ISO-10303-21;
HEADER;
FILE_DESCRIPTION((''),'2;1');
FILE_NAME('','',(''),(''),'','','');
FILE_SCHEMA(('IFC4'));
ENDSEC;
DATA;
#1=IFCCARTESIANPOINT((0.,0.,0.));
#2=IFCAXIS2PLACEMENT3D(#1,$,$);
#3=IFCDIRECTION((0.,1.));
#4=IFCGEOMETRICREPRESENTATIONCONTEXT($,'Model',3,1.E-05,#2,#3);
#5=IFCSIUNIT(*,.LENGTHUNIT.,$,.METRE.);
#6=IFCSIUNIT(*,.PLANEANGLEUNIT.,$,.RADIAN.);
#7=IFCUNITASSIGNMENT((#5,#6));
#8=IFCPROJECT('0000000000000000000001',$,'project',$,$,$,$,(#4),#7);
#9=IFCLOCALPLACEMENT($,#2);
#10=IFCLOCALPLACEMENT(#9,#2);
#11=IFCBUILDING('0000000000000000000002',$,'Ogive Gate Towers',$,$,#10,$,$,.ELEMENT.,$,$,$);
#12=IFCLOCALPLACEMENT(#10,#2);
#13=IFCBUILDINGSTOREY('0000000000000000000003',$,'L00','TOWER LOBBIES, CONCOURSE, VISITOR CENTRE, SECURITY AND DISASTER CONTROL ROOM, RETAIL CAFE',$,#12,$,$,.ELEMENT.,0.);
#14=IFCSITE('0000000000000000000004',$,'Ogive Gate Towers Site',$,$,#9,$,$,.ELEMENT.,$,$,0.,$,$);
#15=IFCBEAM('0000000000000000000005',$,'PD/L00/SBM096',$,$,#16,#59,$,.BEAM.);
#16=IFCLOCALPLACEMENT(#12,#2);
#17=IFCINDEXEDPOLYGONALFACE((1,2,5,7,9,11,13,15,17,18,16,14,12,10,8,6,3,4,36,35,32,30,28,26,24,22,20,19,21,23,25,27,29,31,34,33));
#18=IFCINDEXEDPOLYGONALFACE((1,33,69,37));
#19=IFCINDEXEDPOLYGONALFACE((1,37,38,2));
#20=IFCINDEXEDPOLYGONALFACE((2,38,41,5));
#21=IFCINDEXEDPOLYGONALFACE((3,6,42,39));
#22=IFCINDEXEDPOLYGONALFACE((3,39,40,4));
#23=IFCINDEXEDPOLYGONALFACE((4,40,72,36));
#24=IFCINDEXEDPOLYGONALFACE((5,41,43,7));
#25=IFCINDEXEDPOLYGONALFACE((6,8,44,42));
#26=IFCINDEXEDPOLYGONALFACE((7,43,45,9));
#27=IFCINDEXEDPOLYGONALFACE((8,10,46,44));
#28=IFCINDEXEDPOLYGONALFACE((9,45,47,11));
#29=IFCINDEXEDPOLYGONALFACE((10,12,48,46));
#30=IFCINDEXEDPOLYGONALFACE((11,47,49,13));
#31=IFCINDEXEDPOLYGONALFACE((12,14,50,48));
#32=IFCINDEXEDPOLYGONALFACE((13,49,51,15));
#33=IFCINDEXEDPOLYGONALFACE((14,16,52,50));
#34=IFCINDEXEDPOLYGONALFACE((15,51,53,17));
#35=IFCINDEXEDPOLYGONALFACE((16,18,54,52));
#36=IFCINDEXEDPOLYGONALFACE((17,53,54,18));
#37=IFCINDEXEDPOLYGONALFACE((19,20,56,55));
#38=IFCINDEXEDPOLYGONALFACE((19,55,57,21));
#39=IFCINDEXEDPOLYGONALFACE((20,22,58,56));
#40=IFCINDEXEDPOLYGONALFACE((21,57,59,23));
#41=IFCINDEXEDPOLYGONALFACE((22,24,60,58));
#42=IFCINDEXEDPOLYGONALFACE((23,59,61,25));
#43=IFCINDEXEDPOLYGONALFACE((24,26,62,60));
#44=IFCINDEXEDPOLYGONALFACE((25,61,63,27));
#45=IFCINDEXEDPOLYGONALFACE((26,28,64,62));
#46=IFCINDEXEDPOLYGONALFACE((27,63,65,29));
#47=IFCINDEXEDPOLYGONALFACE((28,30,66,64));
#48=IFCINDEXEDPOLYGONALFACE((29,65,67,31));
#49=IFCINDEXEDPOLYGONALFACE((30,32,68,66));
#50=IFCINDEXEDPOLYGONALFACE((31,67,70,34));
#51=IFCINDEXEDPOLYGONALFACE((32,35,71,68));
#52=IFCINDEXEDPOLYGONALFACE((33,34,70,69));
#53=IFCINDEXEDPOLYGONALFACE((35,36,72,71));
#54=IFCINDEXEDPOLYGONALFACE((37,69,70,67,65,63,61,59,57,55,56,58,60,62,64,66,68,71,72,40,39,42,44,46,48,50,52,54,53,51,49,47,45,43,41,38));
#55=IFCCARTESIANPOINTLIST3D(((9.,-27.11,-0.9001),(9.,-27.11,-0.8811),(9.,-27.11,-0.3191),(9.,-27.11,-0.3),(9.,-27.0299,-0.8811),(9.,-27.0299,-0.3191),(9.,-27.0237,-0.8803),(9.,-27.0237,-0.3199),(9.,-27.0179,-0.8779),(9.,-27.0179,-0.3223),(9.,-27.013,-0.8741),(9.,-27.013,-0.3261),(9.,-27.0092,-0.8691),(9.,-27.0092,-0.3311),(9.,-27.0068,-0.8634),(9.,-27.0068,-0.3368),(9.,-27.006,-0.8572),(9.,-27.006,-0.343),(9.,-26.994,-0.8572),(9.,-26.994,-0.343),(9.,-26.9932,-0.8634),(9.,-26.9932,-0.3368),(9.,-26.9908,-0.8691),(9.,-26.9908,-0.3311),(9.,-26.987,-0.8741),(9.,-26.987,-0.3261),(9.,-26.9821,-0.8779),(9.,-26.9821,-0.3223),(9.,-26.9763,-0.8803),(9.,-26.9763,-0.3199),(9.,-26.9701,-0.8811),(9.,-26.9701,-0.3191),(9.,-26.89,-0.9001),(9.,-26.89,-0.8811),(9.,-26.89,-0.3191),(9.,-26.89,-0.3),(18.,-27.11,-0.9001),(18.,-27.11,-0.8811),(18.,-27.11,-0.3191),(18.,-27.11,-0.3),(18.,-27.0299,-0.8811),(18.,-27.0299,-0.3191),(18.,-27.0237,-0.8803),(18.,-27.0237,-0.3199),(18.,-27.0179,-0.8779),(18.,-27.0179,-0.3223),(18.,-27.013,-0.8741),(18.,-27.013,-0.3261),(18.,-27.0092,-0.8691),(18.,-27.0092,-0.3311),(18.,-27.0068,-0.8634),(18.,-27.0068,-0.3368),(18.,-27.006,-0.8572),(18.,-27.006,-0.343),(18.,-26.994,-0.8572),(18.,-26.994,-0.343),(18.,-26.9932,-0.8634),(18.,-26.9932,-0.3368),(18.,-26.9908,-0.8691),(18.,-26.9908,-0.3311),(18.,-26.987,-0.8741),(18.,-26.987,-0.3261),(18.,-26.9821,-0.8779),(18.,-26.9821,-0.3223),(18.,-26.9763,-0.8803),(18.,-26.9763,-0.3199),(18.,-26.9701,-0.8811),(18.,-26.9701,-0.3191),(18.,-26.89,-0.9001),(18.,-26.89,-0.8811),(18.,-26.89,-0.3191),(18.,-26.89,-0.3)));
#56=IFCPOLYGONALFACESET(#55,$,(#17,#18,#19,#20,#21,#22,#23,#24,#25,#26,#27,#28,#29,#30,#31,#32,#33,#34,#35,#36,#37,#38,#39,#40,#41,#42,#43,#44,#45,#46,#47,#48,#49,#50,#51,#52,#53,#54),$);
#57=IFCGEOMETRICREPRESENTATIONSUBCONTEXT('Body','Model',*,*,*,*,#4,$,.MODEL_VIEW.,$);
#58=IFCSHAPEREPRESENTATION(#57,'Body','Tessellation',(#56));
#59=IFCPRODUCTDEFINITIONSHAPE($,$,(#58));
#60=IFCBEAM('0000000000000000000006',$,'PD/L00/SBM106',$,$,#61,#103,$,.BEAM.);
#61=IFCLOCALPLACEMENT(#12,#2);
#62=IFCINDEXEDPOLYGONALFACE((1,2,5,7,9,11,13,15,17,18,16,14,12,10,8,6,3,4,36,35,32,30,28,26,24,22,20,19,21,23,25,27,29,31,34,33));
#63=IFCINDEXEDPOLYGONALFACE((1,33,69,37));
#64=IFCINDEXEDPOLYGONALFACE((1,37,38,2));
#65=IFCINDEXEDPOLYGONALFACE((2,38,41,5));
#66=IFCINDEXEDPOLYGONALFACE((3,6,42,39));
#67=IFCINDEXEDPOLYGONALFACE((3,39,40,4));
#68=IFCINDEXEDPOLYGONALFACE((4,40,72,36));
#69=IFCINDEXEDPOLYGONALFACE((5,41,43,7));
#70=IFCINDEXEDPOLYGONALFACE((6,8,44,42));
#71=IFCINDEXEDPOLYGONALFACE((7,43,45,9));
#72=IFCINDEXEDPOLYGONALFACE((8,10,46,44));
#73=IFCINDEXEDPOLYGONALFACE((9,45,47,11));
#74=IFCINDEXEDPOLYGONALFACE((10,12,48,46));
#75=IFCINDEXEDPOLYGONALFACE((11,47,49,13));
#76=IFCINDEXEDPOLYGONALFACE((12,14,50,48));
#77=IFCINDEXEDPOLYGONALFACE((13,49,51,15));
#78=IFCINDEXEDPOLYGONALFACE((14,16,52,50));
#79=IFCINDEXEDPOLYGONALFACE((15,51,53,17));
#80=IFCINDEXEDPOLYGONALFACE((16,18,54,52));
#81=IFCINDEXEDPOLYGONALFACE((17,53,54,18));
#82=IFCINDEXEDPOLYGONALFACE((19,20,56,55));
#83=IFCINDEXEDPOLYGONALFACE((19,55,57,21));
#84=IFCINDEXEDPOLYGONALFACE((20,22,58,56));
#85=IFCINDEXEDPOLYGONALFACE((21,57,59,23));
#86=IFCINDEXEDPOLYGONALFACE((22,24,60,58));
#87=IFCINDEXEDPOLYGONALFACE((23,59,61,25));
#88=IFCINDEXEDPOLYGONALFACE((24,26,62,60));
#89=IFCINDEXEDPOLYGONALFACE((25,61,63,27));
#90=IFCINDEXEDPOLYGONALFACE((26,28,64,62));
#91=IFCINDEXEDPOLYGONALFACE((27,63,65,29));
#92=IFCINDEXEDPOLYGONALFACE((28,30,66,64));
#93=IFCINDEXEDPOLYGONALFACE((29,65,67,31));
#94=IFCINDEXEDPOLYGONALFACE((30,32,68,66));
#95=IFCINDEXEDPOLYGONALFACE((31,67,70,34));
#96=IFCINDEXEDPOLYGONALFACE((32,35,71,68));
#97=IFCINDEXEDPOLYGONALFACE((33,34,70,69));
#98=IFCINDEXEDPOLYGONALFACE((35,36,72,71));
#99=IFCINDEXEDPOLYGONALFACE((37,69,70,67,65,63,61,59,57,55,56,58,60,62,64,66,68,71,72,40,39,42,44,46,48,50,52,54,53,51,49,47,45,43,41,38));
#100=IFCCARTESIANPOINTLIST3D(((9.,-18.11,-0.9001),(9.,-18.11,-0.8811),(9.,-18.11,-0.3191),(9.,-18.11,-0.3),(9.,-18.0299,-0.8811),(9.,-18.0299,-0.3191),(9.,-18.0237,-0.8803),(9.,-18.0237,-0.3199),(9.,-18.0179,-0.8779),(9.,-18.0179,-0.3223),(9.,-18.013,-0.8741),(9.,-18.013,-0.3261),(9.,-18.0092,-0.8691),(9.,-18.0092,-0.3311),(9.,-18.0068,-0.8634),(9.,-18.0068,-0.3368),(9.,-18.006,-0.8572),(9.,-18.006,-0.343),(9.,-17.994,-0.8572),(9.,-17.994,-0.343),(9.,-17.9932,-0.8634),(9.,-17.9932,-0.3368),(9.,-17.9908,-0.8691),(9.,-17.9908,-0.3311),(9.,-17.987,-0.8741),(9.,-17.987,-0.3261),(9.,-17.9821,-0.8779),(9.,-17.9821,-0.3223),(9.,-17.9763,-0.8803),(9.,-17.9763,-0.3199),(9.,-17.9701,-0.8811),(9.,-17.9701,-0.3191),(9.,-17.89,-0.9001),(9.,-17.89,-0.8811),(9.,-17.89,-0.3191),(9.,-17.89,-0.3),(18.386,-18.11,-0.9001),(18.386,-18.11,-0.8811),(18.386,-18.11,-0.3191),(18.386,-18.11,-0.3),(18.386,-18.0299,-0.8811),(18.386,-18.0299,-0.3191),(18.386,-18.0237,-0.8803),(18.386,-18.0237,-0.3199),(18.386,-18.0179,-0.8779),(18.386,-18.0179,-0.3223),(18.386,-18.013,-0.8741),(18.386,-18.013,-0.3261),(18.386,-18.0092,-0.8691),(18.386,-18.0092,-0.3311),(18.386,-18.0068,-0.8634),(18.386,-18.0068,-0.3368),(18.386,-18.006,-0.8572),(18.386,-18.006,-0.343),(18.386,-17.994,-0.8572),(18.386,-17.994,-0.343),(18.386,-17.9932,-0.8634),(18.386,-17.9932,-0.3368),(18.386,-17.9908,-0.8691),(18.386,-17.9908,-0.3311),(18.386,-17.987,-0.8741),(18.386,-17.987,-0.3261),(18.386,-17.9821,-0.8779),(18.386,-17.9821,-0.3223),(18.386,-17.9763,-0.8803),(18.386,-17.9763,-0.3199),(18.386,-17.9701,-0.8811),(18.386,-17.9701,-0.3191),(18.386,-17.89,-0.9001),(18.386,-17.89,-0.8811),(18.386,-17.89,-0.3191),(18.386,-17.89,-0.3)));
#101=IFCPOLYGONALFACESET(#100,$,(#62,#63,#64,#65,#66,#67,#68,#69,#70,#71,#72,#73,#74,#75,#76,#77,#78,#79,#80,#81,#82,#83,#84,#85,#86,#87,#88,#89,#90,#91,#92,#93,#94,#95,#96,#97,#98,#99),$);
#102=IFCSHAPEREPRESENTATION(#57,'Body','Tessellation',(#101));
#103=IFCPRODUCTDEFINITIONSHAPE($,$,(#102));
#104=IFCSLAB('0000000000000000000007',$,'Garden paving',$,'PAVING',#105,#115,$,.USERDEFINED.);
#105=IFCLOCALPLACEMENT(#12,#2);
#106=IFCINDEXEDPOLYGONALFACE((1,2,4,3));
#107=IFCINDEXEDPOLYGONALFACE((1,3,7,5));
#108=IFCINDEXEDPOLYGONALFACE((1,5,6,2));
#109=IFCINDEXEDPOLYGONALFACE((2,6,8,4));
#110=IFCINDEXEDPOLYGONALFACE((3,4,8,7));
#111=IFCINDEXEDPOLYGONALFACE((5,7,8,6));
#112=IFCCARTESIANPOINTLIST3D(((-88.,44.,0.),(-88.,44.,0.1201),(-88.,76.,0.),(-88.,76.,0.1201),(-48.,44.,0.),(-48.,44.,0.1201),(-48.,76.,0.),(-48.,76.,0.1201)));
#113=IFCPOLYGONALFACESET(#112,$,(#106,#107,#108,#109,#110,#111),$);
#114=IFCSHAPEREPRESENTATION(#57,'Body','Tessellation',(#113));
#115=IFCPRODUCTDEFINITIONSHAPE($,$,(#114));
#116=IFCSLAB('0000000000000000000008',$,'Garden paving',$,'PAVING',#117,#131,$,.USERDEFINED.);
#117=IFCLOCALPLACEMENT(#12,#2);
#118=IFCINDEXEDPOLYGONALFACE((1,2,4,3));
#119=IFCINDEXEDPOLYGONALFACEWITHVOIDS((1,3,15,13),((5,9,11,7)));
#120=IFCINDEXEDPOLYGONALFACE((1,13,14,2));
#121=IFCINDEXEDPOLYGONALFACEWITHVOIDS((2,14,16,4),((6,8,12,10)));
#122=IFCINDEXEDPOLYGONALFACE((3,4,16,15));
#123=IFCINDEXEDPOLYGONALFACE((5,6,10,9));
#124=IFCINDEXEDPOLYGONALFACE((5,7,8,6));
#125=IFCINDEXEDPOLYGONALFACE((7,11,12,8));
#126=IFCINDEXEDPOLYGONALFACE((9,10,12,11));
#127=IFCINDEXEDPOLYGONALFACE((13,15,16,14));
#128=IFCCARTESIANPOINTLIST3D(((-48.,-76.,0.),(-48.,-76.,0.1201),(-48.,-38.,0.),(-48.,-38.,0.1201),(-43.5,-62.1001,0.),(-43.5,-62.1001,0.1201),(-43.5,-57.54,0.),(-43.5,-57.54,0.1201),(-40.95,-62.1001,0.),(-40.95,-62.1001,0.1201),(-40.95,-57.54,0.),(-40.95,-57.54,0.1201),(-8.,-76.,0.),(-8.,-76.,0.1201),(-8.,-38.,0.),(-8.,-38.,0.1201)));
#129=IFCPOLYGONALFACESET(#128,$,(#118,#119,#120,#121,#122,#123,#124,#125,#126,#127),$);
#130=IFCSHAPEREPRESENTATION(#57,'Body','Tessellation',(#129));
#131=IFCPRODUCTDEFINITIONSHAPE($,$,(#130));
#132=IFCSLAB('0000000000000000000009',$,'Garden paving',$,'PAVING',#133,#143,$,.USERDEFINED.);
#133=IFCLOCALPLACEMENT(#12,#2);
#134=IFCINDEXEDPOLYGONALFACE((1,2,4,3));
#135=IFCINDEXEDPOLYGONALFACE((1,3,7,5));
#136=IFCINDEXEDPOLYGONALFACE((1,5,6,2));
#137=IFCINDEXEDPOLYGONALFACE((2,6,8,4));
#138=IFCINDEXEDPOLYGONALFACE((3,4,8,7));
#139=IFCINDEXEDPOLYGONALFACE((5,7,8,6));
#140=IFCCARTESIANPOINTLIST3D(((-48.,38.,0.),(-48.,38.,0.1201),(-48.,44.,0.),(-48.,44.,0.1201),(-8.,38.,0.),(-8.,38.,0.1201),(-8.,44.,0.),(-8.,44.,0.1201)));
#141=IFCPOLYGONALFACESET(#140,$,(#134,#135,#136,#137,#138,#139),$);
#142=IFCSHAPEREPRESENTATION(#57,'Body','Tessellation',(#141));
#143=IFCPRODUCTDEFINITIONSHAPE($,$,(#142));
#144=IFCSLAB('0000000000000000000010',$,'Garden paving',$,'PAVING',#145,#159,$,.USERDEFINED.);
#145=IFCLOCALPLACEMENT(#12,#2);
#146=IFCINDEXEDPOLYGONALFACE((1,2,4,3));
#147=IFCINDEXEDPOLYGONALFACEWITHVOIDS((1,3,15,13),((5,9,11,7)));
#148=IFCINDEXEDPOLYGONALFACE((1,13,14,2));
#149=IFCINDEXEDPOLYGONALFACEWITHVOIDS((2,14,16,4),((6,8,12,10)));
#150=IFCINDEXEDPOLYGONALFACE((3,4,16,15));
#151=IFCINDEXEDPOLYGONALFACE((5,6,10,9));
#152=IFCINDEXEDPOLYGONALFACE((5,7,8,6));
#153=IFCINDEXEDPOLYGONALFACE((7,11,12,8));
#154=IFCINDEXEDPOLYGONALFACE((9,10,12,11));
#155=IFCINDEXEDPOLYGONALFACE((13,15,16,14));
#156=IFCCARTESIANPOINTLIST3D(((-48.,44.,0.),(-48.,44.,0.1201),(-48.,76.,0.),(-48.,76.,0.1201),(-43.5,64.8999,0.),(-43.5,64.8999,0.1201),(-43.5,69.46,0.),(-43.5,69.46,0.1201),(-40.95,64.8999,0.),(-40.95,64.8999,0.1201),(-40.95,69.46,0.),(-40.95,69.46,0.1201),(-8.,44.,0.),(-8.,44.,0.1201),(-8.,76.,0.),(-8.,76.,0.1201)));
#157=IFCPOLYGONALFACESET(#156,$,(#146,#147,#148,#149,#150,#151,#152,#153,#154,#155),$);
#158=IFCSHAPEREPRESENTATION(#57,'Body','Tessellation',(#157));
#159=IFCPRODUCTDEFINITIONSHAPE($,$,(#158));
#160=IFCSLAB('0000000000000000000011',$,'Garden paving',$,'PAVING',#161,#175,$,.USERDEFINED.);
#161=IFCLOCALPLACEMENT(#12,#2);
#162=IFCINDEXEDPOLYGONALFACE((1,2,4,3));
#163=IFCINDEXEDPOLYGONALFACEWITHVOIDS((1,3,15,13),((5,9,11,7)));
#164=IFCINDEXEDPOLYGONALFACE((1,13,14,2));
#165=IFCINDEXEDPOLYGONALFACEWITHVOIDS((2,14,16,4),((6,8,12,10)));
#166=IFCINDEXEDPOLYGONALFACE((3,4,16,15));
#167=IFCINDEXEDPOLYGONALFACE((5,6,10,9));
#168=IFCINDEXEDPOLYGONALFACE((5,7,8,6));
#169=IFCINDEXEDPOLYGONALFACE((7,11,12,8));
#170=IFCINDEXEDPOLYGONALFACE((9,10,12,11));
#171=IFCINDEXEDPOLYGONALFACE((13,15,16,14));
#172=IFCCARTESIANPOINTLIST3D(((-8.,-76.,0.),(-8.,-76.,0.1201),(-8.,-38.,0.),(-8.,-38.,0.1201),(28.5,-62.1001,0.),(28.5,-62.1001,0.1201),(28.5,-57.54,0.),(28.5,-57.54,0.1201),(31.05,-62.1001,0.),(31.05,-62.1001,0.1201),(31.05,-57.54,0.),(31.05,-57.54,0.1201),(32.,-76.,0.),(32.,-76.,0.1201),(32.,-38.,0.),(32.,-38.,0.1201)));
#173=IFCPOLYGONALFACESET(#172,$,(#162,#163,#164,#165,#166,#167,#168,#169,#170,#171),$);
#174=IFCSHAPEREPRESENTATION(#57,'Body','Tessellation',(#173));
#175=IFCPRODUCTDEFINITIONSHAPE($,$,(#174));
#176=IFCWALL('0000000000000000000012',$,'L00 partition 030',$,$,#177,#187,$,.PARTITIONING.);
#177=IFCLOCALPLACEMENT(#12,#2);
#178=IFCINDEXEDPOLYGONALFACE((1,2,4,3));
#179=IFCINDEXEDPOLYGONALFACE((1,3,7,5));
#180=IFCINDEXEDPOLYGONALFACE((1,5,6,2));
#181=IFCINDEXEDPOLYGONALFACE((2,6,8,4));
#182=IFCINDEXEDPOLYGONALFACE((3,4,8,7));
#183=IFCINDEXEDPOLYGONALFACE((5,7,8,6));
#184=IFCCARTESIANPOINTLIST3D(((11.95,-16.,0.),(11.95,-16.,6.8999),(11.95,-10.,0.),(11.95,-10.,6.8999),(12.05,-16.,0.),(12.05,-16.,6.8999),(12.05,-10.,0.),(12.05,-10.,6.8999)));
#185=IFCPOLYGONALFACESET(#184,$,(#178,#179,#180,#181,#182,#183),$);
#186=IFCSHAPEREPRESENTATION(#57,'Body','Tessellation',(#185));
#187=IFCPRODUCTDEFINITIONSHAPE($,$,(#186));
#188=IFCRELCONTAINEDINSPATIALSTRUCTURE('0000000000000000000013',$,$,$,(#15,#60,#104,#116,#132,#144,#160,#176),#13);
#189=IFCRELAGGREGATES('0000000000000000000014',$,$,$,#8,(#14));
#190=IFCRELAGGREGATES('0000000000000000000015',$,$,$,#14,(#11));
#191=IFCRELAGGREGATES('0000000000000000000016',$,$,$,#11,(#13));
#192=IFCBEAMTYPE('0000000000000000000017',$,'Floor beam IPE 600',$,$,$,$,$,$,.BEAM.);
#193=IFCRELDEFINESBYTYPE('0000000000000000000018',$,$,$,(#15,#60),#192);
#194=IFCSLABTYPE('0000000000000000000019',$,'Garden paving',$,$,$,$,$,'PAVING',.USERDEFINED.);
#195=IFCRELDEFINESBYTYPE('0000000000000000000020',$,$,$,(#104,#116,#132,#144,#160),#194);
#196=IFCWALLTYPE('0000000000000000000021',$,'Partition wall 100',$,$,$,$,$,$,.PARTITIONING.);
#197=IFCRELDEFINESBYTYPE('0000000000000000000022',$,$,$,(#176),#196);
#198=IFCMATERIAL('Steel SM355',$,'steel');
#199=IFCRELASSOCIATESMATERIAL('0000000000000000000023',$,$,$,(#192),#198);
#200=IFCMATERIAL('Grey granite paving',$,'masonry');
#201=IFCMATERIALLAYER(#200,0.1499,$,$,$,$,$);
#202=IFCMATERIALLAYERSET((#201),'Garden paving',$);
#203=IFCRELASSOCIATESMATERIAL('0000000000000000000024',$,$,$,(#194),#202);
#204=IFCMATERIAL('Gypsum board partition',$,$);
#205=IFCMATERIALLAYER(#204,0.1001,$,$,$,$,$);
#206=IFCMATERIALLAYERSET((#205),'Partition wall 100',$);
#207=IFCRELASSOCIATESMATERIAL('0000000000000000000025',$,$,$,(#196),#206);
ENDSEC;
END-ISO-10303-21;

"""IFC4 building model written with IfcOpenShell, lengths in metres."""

from ifc_helpers import new_model, si_unit, direction, frame, frame_2d, origin, origin_2d, place, context, subcontext, project, spatial, polyline, rectangle, i_section, outline, extrude, material, layer, layer_set, material_profile, profile_set, type_object, element, save


model = new_model("IFC4")

# Units and contexts
model_context = context("Model", 3, precision=1e-05, world=origin(), true_north=direction((0.0, 1.0)))
body_context = subcontext(model_context, "Body", "Model", "MODEL_VIEW")
ifc_project = project(units=[si_unit("LENGTHUNIT", "METRE"), si_unit("PLANEANGLEUNIT", "RADIAN")], contexts=[model_context])

# Site, building, storey
site_placement = place(None, origin())
site = spatial("IfcSite", under=ifc_project, at=site_placement, Name="Ogive Gate Towers Site", CompositionType="ELEMENT", RefElevation=0.0)
building_placement = place(site_placement, origin())
building = spatial("IfcBuilding", under=site, at=building_placement, Name="Ogive Gate Towers", CompositionType="ELEMENT")
storey_placement = place(building_placement, origin())
storey = spatial("IfcBuildingStorey", under=building, at=storey_placement, Name="L00", Description="TOWER LOBBIES, CONCOURSE, VISITOR CENTRE, SECURITY AND DISASTER CONTROL ROOM, RETAIL CAFE", CompositionType="ELEMENT", Elevation=0.0)

# Beams
ifc_material_1 = material(Name="Steel SM355", Category="steel")
ifc_material_profile_1 = material_profile(ifc_material_1, i_section(OverallWidth=0.22, OverallDepth=0.6001, WebThickness=0.012, FlangeThickness=0.019, FilletRadius=0.0239, at=origin_2d()), Name="IPE 600")
ifc_profile_set_1 = profile_set([ifc_material_profile_1], Name="Steel SM355")
beam_type_1 = type_object("IfcBeamType", Name="Floor beam IPE 600", PredefinedType="BEAM", material=ifc_profile_set_1)
for number, where, z_axis, x_axis, name in (
    (1, (9.0, -27.0, -0.6001), (1.0, 0.0, 0.0), (0.0, 1.0, 0.0), "PD/L00/SBM096"),
):
    element("IfcBeam", number, at=place(storey_placement, frame(where, z_axis=z_axis, x_axis=x_axis)), inside=storey, type_object=beam_type_1, Name=name, PredefinedType="BEAM", context=body_context, shape_type="SweptSolid", body=[
        extrude(i_section(OverallWidth=0.22, OverallDepth=0.6001, WebThickness=0.012, FlangeThickness=0.019, FilletRadius=0.0239, at=origin_2d()), origin(), (0.0, 0.0, 1.0), 9.0),
    ])
beam_1_placement = place(storey_placement, frame((9.0, -18.0, -0.6001), z_axis=(1.0, 0.0, 0.0), x_axis=(0.0, 1.0, 0.0)))
element("IfcBeam", 2, at=beam_1_placement, inside=storey, type_object=beam_type_1, Name="PD/L00/SBM106", PredefinedType="BEAM", context=body_context, shape_type="SweptSolid", body=[
    extrude(i_section(OverallWidth=0.22, OverallDepth=0.6001, WebThickness=0.012, FlangeThickness=0.019, FilletRadius=0.0239, at=origin_2d()), origin(), (0.0, 0.0, 1.0), 9.386),
])

# Slabs
ifc_material_2 = material(Name="Grey granite paving", Category="masonry")
ifc_layer_1 = layer(ifc_material_2, 0.1499)
ifc_layer_set_1 = layer_set([ifc_layer_1], Name="Garden paving")
slab_type = type_object("IfcSlabType", Name="Garden paving", ElementType="PAVING", PredefinedType="USERDEFINED", material=ifc_layer_set_1)
slab_1_placement = place(storey_placement, origin())
element("IfcSlab", 3, at=slab_1_placement, inside=storey, type_object=slab_type, Name="Garden paving", ObjectType="PAVING", PredefinedType="USERDEFINED", context=body_context, shape_type="SweptSolid", body=[
    extrude(outline(polyline([(-48.0, 76.0), (-48.0, 44.0), (-88.0, 44.0), (-88.0, 76.0), (-48.0, 76.0)])), origin(), (0.0, 0.0, 1.0), 0.1201),
])
slab_2_placement = place(storey_placement, origin())
element("IfcSlab", 4, at=slab_2_placement, inside=storey, type_object=slab_type, Name="Garden paving", ObjectType="PAVING", PredefinedType="USERDEFINED", context=body_context, shape_type="SweptSolid", body=[
    extrude(outline(polyline([(-48.0, -76.0), (-48.0, -38.0), (-8.0, -38.0), (-8.0, -76.0), (-48.0, -76.0)]), holes=[polyline([(-40.95, -62.1001), (-40.95, -57.54), (-43.5, -57.54), (-43.5, -62.1001), (-40.95, -62.1001)])]), origin(), (0.0, 0.0, 1.0), 0.1201),
])
slab_3_placement = place(storey_placement, origin())
element("IfcSlab", 5, at=slab_3_placement, inside=storey, type_object=slab_type, Name="Garden paving", ObjectType="PAVING", PredefinedType="USERDEFINED", context=body_context, shape_type="SweptSolid", body=[
    extrude(outline(polyline([(-48.0, 38.0), (-48.0, 44.0), (-8.0, 44.0), (-8.0, 38.0), (-48.0, 38.0)])), origin(), (0.0, 0.0, 1.0), 0.1201),
])
slab_4_placement = place(storey_placement, origin())
element("IfcSlab", 6, at=slab_4_placement, inside=storey, type_object=slab_type, Name="Garden paving", ObjectType="PAVING", PredefinedType="USERDEFINED", context=body_context, shape_type="SweptSolid", body=[
    extrude(outline(polyline([(-8.0, 76.0), (-8.0, 44.0), (-48.0, 44.0), (-48.0, 76.0), (-8.0, 76.0)]), holes=[polyline([(-40.95, 64.8999), (-40.95, 69.46), (-43.5, 69.46), (-43.5, 64.8999), (-40.95, 64.8999)])]), origin(), (0.0, 0.0, 1.0), 0.1201),
])
slab_5_placement = place(storey_placement, origin())
element("IfcSlab", 7, at=slab_5_placement, inside=storey, type_object=slab_type, Name="Garden paving", ObjectType="PAVING", PredefinedType="USERDEFINED", context=body_context, shape_type="SweptSolid", body=[
    extrude(outline(polyline([(-8.0, -76.0), (-8.0, -38.0), (32.0, -38.0), (32.0, -76.0), (-8.0, -76.0)]), holes=[polyline([(28.5, -62.1001), (31.05, -62.1001), (31.05, -57.54), (28.5, -57.54), (28.5, -62.1001)])]), origin(), (0.0, 0.0, 1.0), 0.1201),
])

# Wall
ifc_material_3 = material(Name="Gypsum board partition")
ifc_layer_2 = layer(ifc_material_3, 0.1001)
ifc_layer_set_2 = layer_set([ifc_layer_2], Name="Partition wall 100")
wall_type_1 = type_object("IfcWallType", Name="Partition wall 100", PredefinedType="PARTITIONING", material=ifc_layer_set_2)
wall_1_placement = place(storey_placement, frame((12.0, -16.0, 0.0), z_axis=(0.0, 0.0, 1.0), x_axis=(0.0, 1.0, 0.0)))
element("IfcWall", 8, at=wall_1_placement, inside=storey, type_object=wall_type_1, Name="L00 partition 030", PredefinedType="PARTITIONING", context=body_context, shape_type="SweptSolid", body=[
    extrude(rectangle(XDim=6.0, YDim=0.1001, at=frame_2d((3.0, 0.0))), origin(), (0.0, 0.0, 1.0), 6.8999),
])

save(model, "model.ifc")
